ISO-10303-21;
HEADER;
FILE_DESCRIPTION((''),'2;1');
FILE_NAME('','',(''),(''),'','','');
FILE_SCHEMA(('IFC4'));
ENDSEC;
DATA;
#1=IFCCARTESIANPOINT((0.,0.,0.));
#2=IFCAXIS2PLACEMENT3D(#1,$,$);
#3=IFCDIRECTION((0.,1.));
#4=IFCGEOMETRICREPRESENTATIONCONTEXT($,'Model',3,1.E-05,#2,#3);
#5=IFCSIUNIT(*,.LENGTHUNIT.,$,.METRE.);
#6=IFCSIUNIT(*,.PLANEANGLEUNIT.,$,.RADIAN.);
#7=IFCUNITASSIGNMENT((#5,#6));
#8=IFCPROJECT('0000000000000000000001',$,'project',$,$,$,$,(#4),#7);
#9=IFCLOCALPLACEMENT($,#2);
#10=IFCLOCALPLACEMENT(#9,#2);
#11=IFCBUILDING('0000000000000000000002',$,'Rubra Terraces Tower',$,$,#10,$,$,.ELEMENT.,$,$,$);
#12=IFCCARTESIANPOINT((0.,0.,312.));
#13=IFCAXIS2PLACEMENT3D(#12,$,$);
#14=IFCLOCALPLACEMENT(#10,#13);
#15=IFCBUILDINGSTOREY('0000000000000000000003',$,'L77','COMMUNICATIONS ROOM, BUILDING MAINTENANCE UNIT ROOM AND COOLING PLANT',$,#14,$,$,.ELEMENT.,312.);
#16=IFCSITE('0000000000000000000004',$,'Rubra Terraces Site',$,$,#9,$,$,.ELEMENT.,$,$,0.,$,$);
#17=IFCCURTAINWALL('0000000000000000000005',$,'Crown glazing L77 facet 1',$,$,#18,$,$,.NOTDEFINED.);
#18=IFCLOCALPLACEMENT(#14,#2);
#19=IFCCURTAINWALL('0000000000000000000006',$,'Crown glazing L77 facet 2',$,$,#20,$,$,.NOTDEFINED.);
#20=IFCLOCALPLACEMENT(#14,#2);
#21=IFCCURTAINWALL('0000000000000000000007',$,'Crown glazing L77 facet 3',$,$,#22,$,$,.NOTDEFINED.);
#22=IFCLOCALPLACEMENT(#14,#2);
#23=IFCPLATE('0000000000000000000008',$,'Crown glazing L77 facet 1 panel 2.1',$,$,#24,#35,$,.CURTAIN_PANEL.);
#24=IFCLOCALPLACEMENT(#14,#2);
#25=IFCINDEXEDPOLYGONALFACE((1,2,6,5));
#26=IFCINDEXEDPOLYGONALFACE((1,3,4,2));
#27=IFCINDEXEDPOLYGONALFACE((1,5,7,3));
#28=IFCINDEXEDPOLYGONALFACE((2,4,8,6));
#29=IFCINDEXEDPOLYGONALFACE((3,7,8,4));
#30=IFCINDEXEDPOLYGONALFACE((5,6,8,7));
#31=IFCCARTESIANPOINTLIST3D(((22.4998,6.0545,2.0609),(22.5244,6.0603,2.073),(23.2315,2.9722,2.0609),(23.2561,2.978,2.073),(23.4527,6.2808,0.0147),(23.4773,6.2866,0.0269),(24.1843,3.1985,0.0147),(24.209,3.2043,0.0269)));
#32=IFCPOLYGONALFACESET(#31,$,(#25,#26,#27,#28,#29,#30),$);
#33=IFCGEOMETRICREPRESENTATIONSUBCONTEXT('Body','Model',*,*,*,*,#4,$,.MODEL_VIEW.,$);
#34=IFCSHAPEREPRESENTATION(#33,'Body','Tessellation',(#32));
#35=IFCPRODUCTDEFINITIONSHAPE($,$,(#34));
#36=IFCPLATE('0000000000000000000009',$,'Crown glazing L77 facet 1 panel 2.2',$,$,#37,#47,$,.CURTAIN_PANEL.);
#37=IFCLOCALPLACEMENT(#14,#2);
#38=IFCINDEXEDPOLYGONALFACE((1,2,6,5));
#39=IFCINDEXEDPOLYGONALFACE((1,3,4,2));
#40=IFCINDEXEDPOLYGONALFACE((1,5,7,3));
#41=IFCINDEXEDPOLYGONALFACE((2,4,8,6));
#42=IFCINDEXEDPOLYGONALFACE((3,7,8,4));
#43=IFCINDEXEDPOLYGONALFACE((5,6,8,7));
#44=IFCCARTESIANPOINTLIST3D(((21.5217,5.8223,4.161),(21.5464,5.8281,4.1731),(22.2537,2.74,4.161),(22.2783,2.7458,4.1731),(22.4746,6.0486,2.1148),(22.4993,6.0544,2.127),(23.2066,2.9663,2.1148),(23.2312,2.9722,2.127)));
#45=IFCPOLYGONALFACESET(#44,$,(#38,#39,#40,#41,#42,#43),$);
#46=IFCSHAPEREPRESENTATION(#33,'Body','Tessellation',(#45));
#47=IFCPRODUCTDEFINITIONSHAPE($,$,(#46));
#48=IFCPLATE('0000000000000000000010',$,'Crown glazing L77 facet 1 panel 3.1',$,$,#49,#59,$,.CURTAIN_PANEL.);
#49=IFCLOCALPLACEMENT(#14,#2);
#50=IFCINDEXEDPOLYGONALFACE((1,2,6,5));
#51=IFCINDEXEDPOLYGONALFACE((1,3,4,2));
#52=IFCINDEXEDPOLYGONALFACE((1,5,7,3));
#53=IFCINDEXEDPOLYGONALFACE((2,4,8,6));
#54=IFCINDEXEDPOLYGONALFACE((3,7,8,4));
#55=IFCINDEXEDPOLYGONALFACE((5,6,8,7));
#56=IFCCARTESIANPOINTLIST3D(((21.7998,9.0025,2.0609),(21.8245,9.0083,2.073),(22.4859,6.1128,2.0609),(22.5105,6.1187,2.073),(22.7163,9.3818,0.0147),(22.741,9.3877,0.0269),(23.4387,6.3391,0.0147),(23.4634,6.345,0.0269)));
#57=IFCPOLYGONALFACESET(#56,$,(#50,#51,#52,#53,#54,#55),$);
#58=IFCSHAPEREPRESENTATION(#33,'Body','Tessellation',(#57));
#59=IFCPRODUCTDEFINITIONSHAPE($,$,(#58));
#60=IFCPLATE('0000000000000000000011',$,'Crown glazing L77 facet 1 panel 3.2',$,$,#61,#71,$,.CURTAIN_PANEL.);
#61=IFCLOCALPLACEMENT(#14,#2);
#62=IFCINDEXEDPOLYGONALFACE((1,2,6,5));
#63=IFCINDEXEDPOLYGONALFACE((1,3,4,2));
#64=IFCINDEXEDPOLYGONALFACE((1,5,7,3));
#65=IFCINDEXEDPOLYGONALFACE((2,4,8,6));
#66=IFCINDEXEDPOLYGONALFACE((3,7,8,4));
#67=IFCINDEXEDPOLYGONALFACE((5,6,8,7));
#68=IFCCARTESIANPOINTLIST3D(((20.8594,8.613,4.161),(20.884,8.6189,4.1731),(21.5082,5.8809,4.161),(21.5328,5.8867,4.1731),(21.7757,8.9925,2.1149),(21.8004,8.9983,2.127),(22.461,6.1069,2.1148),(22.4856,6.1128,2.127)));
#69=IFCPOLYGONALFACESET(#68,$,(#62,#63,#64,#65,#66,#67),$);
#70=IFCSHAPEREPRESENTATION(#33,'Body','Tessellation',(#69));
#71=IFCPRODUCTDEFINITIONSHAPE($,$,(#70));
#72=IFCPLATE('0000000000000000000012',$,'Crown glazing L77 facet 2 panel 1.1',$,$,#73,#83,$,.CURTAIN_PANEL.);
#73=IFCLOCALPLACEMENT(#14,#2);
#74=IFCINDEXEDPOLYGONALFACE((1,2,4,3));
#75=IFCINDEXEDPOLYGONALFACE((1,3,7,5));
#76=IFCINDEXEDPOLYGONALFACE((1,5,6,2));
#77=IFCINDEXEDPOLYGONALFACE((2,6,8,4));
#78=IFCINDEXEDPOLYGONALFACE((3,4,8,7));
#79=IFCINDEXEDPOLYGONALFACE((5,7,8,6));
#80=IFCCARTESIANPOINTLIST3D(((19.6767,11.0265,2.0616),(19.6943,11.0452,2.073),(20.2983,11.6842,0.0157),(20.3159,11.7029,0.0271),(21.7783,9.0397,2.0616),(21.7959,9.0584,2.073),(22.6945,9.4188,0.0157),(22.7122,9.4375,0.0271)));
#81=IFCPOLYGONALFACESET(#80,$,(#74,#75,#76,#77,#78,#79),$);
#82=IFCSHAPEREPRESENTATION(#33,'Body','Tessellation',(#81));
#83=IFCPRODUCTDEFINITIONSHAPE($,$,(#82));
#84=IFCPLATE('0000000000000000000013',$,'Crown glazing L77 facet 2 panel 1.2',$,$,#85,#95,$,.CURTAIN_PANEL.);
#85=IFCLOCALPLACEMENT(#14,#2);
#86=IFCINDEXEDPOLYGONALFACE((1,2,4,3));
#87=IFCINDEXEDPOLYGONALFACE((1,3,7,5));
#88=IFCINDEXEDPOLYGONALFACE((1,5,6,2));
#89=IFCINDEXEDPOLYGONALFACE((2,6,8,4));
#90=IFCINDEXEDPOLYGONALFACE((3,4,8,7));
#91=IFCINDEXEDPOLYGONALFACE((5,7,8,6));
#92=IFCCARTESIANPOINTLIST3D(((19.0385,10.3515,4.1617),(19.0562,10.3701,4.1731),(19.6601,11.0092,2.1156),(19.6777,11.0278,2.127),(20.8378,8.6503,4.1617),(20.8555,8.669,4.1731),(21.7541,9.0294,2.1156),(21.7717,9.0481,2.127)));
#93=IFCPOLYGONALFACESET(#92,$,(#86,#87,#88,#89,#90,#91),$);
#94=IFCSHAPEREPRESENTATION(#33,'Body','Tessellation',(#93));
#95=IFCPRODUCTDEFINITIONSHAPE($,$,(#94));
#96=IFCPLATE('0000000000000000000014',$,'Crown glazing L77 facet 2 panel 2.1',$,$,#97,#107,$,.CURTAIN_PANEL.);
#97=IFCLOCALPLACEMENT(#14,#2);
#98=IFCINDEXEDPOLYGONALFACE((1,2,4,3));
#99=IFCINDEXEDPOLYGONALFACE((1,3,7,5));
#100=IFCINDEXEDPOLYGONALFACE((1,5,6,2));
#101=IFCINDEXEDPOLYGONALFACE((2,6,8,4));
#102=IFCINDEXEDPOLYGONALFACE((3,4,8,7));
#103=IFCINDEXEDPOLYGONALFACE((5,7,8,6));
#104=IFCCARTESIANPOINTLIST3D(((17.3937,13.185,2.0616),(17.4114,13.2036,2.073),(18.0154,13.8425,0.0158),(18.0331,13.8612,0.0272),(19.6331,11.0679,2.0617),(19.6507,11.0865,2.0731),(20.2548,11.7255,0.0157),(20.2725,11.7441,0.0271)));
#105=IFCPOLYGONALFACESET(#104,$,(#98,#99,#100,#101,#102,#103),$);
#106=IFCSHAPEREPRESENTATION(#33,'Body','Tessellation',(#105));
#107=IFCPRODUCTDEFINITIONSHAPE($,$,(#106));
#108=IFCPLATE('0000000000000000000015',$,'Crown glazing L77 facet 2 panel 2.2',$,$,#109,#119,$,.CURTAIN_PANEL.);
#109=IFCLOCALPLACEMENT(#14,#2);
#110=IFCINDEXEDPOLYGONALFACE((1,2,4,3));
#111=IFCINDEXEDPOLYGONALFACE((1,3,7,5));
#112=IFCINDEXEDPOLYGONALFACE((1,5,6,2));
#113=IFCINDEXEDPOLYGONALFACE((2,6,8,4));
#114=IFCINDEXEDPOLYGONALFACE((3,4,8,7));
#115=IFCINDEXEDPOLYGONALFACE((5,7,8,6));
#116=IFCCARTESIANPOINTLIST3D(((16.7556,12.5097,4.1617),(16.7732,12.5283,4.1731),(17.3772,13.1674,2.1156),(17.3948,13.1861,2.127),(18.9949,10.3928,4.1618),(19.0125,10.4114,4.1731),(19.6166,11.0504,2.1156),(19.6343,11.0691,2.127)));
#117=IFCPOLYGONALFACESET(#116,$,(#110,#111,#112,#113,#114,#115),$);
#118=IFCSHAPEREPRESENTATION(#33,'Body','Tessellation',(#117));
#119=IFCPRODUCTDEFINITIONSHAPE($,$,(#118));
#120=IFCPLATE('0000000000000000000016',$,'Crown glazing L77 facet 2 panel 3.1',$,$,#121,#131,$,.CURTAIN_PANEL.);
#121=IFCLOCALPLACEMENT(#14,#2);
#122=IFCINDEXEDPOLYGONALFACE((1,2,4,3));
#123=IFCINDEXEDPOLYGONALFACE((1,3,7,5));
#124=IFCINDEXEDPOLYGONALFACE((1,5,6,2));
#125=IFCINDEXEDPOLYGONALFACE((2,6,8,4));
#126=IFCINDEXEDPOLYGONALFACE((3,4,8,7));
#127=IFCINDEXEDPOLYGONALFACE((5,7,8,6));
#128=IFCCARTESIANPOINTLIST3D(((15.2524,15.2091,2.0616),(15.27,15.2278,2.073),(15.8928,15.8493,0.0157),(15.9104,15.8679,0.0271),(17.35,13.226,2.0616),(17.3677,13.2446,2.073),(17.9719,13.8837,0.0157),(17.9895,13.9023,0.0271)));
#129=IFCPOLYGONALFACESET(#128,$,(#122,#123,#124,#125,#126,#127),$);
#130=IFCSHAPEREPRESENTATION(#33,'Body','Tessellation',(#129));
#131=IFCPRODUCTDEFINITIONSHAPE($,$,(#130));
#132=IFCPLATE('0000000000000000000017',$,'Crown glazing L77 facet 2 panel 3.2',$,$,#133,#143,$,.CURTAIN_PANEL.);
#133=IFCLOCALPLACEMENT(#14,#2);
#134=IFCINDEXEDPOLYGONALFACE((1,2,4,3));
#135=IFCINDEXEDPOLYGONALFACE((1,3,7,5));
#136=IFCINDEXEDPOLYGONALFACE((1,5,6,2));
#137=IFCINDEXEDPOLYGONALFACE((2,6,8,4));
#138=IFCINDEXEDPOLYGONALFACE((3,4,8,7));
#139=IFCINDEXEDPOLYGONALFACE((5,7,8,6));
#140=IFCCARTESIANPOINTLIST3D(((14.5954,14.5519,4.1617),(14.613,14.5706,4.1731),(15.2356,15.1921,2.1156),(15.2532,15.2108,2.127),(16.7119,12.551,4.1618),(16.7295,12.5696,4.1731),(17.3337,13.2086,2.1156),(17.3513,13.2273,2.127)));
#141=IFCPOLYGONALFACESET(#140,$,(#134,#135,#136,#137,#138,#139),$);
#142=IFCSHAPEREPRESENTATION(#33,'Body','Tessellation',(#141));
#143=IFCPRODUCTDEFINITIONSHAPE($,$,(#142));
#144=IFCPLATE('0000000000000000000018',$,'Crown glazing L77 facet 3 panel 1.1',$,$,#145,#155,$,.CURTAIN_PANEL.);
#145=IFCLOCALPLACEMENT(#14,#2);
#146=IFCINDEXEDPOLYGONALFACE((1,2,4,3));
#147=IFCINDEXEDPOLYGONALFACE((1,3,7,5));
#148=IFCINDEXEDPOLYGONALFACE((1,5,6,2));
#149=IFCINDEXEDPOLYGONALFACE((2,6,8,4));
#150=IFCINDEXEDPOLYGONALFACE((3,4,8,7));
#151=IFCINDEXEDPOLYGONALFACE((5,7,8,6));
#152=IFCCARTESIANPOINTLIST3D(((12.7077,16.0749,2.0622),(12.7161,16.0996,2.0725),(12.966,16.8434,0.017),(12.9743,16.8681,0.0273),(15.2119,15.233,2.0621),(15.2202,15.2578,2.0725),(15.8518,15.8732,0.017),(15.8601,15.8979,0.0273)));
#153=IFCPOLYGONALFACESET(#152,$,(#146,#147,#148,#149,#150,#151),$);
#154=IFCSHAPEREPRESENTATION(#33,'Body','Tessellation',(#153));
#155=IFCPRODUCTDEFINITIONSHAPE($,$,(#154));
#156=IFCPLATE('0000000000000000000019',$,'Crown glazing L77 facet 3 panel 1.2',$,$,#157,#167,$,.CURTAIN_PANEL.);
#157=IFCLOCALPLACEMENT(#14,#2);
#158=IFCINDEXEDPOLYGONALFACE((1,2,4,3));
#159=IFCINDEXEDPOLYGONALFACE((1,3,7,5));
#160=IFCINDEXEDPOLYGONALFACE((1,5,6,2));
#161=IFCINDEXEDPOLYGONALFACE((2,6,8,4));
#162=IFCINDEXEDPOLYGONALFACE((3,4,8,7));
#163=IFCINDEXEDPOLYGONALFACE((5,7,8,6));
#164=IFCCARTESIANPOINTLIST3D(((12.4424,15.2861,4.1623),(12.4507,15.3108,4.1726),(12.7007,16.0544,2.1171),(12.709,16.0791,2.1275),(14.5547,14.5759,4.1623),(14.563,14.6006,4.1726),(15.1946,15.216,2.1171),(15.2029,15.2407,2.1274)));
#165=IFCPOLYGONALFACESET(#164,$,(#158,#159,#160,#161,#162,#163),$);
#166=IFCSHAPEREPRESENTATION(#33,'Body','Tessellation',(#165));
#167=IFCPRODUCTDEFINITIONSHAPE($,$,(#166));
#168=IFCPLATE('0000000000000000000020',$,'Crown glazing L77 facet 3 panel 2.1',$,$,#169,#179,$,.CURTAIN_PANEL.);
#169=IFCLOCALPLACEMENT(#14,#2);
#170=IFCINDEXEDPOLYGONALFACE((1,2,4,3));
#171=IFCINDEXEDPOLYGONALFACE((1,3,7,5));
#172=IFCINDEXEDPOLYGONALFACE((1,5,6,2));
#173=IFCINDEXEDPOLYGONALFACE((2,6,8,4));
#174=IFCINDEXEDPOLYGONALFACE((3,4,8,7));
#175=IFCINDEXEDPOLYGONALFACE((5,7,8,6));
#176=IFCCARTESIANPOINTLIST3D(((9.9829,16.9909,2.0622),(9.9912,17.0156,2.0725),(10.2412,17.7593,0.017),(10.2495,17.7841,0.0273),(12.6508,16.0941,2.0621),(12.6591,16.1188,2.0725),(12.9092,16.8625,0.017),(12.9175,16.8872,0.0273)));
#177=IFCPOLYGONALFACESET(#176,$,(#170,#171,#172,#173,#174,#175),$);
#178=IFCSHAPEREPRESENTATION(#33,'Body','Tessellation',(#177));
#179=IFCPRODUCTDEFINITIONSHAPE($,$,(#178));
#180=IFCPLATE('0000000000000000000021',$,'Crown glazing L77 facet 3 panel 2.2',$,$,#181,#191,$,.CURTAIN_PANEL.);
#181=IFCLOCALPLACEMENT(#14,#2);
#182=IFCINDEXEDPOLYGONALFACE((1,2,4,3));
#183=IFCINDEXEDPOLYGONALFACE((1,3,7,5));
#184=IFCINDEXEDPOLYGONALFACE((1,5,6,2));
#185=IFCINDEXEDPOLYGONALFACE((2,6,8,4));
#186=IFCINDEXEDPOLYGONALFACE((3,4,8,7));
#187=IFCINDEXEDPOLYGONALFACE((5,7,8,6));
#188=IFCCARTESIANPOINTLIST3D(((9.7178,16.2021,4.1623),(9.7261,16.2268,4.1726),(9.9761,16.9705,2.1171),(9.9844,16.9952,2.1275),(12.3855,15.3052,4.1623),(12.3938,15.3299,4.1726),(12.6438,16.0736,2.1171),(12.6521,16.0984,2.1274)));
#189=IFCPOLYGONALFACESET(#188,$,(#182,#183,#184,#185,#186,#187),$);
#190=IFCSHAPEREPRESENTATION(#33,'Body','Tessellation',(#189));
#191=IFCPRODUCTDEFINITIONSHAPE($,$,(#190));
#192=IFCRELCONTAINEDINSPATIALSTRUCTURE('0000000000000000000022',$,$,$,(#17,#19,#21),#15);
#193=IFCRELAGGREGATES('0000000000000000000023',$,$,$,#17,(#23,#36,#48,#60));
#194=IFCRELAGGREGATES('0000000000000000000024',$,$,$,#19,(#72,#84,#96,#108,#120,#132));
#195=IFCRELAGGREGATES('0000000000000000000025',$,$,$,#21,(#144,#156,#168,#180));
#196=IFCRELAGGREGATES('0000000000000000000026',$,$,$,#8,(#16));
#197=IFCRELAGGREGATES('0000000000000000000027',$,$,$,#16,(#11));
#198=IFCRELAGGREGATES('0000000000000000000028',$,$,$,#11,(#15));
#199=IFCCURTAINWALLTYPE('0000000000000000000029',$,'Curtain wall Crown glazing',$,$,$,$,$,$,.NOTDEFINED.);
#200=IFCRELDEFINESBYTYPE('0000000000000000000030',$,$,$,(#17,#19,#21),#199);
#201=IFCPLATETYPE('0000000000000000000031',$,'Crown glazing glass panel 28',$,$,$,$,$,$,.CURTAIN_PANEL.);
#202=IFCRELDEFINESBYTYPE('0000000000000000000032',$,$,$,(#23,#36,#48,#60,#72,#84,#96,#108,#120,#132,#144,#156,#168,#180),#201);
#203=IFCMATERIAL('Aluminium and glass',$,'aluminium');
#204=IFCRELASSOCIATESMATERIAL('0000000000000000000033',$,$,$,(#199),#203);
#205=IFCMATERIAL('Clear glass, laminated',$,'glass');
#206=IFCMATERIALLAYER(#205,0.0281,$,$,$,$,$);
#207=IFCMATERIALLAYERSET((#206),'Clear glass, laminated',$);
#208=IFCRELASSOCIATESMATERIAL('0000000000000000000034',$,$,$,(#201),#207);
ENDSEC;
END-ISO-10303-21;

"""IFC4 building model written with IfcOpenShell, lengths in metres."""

from ifc_helpers import new_model, si_unit, direction, frame, origin, place, context, subcontext, project, spatial, polyline, outline, extrude, material, layer, layer_set, type_object, element, aggregate, save


model = new_model("IFC4")

# Units and contexts
model_context = context("Model", 3, precision=1e-05, world=origin(), true_north=direction((0.0, 1.0)))
body_context = subcontext(model_context, "Body", "Model", "MODEL_VIEW")
ifc_project = project(units=[si_unit("LENGTHUNIT", "METRE"), si_unit("PLANEANGLEUNIT", "RADIAN")], contexts=[model_context])

# Site, building, storey
site_placement = place(None, origin())
site = spatial("IfcSite", under=ifc_project, at=site_placement, Name="Rubra Terraces Site", CompositionType="ELEMENT", RefElevation=0.0)
building_placement = place(site_placement, origin())
building = spatial("IfcBuilding", under=site, at=building_placement, Name="Rubra Terraces Tower", CompositionType="ELEMENT")
storey_placement = place(building_placement, frame((0.0, 0.0, 312.0)))
storey = spatial("IfcBuildingStorey", under=building, at=storey_placement, Name="L77", Description="COMMUNICATIONS ROOM, BUILDING MAINTENANCE UNIT ROOM AND COOLING PLANT", CompositionType="ELEMENT", Elevation=312.0)

# Curtain walls
ifc_material_1 = material(Name="Aluminium and glass", Category="aluminium")
curtain_wall_type = type_object("IfcCurtainWallType", Name="Curtain wall Crown glazing", PredefinedType="NOTDEFINED", material=ifc_material_1)
curtain_wall_1_placement = place(storey_placement, origin())
curtain_wall_1 = element("IfcCurtainWall", 1, at=curtain_wall_1_placement, inside=storey, type_object=curtain_wall_type, Name="Crown glazing L77 facet 1", PredefinedType="NOTDEFINED")
curtain_wall_2_placement = place(storey_placement, origin())
curtain_wall_2 = element("IfcCurtainWall", 2, at=curtain_wall_2_placement, inside=storey, type_object=curtain_wall_type, Name="Crown glazing L77 facet 2", PredefinedType="NOTDEFINED")

# Curtain wall
curtain_wall_3_placement = place(storey_placement, origin())
curtain_wall_3 = element("IfcCurtainWall", 3, at=curtain_wall_3_placement, inside=storey, type_object=curtain_wall_type, Name="Crown glazing L77 facet 3", PredefinedType="NOTDEFINED")

# Plates
ifc_material_2 = material(Name="Clear glass, laminated", Category="glass")
ifc_layer_1 = layer(ifc_material_2, 0.0281)
ifc_layer_set_1 = layer_set([ifc_layer_1], Name="Clear glass, laminated")
plate_type = type_object("IfcPlateType", Name="Crown glazing glass panel 28", PredefinedType="CURTAIN_PANEL", material=ifc_layer_set_1)
plate_1_placement = place(storey_placement, frame((24.209, 3.2043, 0.0269), z_axis=(0.877608, 0.208332, 0.431742), x_axis=(-0.230968, 0.972961, 0.0)))
plate_1 = element("IfcPlate", 4, at=plate_1_placement, type_object=plate_type, Name="Crown glazing L77 facet 1 panel 2.1", PredefinedType="CURTAIN_PANEL", context=body_context, shape_type="SweptSolid", body=[
    extrude(outline(polyline([(0.0, 0.0), (3.1679, 0.0), (3.1678, 2.2685), (-0.0001, 2.2685), (0.0, 0.0)])), origin(), (0.0, 0.0, -1.0), 0.0281),
])
plate_2_placement = place(storey_placement, frame((23.2312, 2.9722, 2.127), z_axis=(0.877593, 0.208398, 0.431742), x_axis=(-0.231041, 0.972944, 0.0)))
plate_2 = element("IfcPlate", 5, at=plate_2_placement, type_object=plate_type, Name="Crown glazing L77 facet 1 panel 2.2", PredefinedType="CURTAIN_PANEL", context=body_context, shape_type="SweptSolid", body=[
    extrude(outline(polyline([(0.0, 0.0), (3.168, 0.0), (3.1679, 2.2685), (0.0, 2.2685), (0.0, 0.0)])), origin(), (0.0, 0.0, -1.0), 0.0281),
])
plate_3_placement = place(storey_placement, frame((23.4634, 6.345, 0.0269), z_axis=(0.877605, 0.208359, 0.431736), x_axis=(-0.230997, 0.972954, 0.000002)))
plate_3 = element("IfcPlate", 6, at=plate_3_placement, type_object=plate_type, Name="Crown glazing L77 facet 1 panel 3.1", PredefinedType="CURTAIN_PANEL", context=body_context, shape_type="SweptSolid", body=[
    extrude(outline(polyline([(0.0, 0.0), (3.1273, 0.0), (2.9699, 2.2684), (-0.0001, 2.2685), (0.0, 0.0)])), origin(), (0.0, 0.0, -1.0), 0.0281),
])
plate_4_placement = place(storey_placement, frame((22.4856, 6.1128, 2.127), z_axis=(0.87762, 0.208401, 0.431685), x_axis=(-0.231044, 0.972943, 0.000014)))
plate_4 = element("IfcPlate", 7, at=plate_4_placement, type_object=plate_type, Name="Crown glazing L77 facet 1 panel 3.2", PredefinedType="CURTAIN_PANEL", context=body_context, shape_type="SweptSolid", body=[
    extrude(outline(polyline([(0.0, 0.0), (2.9658, 0.0), (2.8084, 2.2683), (0.0002, 2.2684), (0.0, 0.0)])), origin(), (0.0, 0.0, -1.0), 0.0281),
])
aggregate(curtain_wall_1, [plate_1, plate_2, plate_3, plate_4])
plate_5_placement = place(storey_placement, frame((22.7122, 9.4375, 0.0271), z_axis=(0.628269, 0.664558, 0.404525), x_axis=(-0.726669, 0.686988, 0.000001)))
plate_5 = element("IfcPlate", 8, at=plate_5_placement, type_object=plate_type, Name="Crown glazing L77 facet 2 panel 1.1", PredefinedType="CURTAIN_PANEL", context=body_context, shape_type="SweptSolid", body=[
    extrude(outline(polyline([(0.0, 0.0), (3.2976, 0.0), (3.2974, 2.2371), (0.4053, 2.2371), (0.0, 0.0)])), origin(), (0.0, 0.0, -1.0), 0.0281),
])
plate_6_placement = place(storey_placement, frame((21.7717, 9.0481, 2.127), z_axis=(0.628298, 0.664554, 0.404487), x_axis=(-0.726651, 0.687007, 0.000002)))
plate_6 = element("IfcPlate", 9, at=plate_6_placement, type_object=plate_type, Name="Crown glazing L77 facet 2 panel 1.2", PredefinedType="CURTAIN_PANEL", context=body_context, shape_type="SweptSolid", body=[
    extrude(outline(polyline([(0.0, 0.0), (2.8817, 0.0), (2.8815, 2.2373), (0.4053, 2.2373), (0.0, 0.0)])), origin(), (0.0, 0.0, -1.0), 0.0281),
])
plate_7_placement = place(storey_placement, frame((20.2725, 11.7441, 0.0271), z_axis=(0.628266, 0.664564, 0.404521), x_axis=(-0.72668, 0.686976, 0.000021)))
plate_7 = element("IfcPlate", 10, at=plate_7_placement, type_object=plate_type, Name="Crown glazing L77 facet 2 panel 2.1", PredefinedType="CURTAIN_PANEL", context=body_context, shape_type="SweptSolid", body=[
    extrude(outline(polyline([(0.0, 0.0), (3.0817, 0.0), (3.0818, 2.237), (0.0001, 2.2372), (0.0, 0.0)])), origin(), (0.0, 0.0, -1.0), 0.0281),
])
plate_8_placement = place(storey_placement, frame((19.6343, 11.0691, 2.127), z_axis=(0.628249, 0.664584, 0.404513), x_axis=(-0.726696, 0.686959, 0.00001)))
plate_8 = element("IfcPlate", 11, at=plate_8_placement, type_object=plate_type, Name="Crown glazing L77 facet 2 panel 2.2", PredefinedType="CURTAIN_PANEL", context=body_context, shape_type="SweptSolid", body=[
    extrude(outline(polyline([(0.0, 0.0), (3.0817, 0.0), (3.0816, 2.2373), (0.0001, 2.2374), (0.0, 0.0)])), origin(), (0.0, 0.0, -1.0), 0.0281),
])
plate_9_placement = place(storey_placement, frame((17.9895, 13.9023, 0.0271), z_axis=(0.628257, 0.664536, 0.40458), x_axis=(-0.726665, 0.686992, 0.000002)))
plate_9 = element("IfcPlate", 12, at=plate_9_placement, type_object=plate_type, Name="Crown glazing L77 facet 2 panel 3.1", PredefinedType="CURTAIN_PANEL", context=body_context, shape_type="SweptSolid", body=[
    extrude(outline(polyline([(0.0, 0.0), (2.8611, 0.0), (2.8867, 2.2372), (0.0, 2.2372), (0.0, 0.0)])), origin(), (0.0, 0.0, -1.0), 0.0281),
])
plate_10_placement = place(storey_placement, frame((17.3513, 13.2273, 2.127), z_axis=(0.628267, 0.66457, 0.404508), x_axis=(-0.726679, 0.686977, 0.000012)))
plate_10 = element("IfcPlate", 13, at=plate_10_placement, type_object=plate_type, Name="Crown glazing L77 facet 2 panel 3.2", PredefinedType="CURTAIN_PANEL", context=body_context, shape_type="SweptSolid", body=[
    extrude(outline(polyline([(0.0, 0.0), (2.8872, 0.0), (2.9127, 2.2373), (0.0001, 2.2374), (0.0, 0.0)])), origin(), (0.0, 0.0, -1.0), 0.0281),
])
aggregate(curtain_wall_2, [plate_5, plate_6, plate_7, plate_8, plate_9, plate_10])
plate_11_placement = place(storey_placement, frame((15.8601, 15.8979, 0.0273), z_axis=(0.296234, 0.881159, 0.368517), x_axis=(-0.947868, 0.318664, -0.000007)))
plate_11 = element("IfcPlate", 14, at=plate_11_placement, type_object=plate_type, Name="Crown glazing L77 facet 3 panel 1.1", PredefinedType="CURTAIN_PANEL", context=body_context, shape_type="SweptSolid", body=[
    extrude(outline(polyline([(0.0, 0.0), (3.0445, 0.0), (3.0444, 2.2), (0.4025, 2.2), (0.0, 0.0)])), origin(), (0.0, 0.0, -1.0), 0.0281),
])
plate_12_placement = place(storey_placement, frame((15.2029, 15.2407, 2.1274), z_axis=(0.296246, 0.881173, 0.368472), x_axis=(-0.947867, 0.318666, 0.000007)))
plate_12 = element("IfcPlate", 15, at=plate_12_placement, type_object=plate_type, Name="Crown glazing L77 facet 3 panel 1.2", PredefinedType="CURTAIN_PANEL", context=body_context, shape_type="SweptSolid", body=[
    extrude(outline(polyline([(0.0, 0.0), (2.631, 0.0), (2.6311, 2.1999), (0.4026, 2.2), (0.0, 0.0)])), origin(), (0.0, 0.0, -1.0), 0.0281),
])
plate_13_placement = place(storey_placement, frame((12.9175, 16.8872, 0.0273), z_axis=(0.296211, 0.881175, 0.368496), x_axis=(-0.947876, 0.318639, -0.000014)))
plate_13 = element("IfcPlate", 16, at=plate_13_placement, type_object=plate_type, Name="Crown glazing L77 facet 3 panel 2.1", PredefinedType="CURTAIN_PANEL", context=body_context, shape_type="SweptSolid", body=[
    extrude(outline(polyline([(0.0, 0.0), (2.8147, 0.0), (2.8146, 2.2), (0.0, 2.1999), (0.0, 0.0)])), origin(), (0.0, 0.0, -1.0), 0.0281),
])
plate_14_placement = place(storey_placement, frame((12.6521, 16.0984, 2.1274), z_axis=(0.296236, 0.881167, 0.368496), x_axis=(-0.947871, 0.318655, 0.000014)))
plate_14 = element("IfcPlate", 17, at=plate_14_placement, type_object=plate_type, Name="Crown glazing L77 facet 3 panel 2.2", PredefinedType="CURTAIN_PANEL", context=body_context, shape_type="SweptSolid", body=[
    extrude(outline(polyline([(0.0, 0.0), (2.8144, 0.0), (2.8144, 2.1999), (0.0, 2.2), (0.0, 0.0)])), origin(), (0.0, 0.0, -1.0), 0.0281),
])
aggregate(curtain_wall_3, [plate_11, plate_12, plate_13, plate_14])

save(model, "model.ifc")
